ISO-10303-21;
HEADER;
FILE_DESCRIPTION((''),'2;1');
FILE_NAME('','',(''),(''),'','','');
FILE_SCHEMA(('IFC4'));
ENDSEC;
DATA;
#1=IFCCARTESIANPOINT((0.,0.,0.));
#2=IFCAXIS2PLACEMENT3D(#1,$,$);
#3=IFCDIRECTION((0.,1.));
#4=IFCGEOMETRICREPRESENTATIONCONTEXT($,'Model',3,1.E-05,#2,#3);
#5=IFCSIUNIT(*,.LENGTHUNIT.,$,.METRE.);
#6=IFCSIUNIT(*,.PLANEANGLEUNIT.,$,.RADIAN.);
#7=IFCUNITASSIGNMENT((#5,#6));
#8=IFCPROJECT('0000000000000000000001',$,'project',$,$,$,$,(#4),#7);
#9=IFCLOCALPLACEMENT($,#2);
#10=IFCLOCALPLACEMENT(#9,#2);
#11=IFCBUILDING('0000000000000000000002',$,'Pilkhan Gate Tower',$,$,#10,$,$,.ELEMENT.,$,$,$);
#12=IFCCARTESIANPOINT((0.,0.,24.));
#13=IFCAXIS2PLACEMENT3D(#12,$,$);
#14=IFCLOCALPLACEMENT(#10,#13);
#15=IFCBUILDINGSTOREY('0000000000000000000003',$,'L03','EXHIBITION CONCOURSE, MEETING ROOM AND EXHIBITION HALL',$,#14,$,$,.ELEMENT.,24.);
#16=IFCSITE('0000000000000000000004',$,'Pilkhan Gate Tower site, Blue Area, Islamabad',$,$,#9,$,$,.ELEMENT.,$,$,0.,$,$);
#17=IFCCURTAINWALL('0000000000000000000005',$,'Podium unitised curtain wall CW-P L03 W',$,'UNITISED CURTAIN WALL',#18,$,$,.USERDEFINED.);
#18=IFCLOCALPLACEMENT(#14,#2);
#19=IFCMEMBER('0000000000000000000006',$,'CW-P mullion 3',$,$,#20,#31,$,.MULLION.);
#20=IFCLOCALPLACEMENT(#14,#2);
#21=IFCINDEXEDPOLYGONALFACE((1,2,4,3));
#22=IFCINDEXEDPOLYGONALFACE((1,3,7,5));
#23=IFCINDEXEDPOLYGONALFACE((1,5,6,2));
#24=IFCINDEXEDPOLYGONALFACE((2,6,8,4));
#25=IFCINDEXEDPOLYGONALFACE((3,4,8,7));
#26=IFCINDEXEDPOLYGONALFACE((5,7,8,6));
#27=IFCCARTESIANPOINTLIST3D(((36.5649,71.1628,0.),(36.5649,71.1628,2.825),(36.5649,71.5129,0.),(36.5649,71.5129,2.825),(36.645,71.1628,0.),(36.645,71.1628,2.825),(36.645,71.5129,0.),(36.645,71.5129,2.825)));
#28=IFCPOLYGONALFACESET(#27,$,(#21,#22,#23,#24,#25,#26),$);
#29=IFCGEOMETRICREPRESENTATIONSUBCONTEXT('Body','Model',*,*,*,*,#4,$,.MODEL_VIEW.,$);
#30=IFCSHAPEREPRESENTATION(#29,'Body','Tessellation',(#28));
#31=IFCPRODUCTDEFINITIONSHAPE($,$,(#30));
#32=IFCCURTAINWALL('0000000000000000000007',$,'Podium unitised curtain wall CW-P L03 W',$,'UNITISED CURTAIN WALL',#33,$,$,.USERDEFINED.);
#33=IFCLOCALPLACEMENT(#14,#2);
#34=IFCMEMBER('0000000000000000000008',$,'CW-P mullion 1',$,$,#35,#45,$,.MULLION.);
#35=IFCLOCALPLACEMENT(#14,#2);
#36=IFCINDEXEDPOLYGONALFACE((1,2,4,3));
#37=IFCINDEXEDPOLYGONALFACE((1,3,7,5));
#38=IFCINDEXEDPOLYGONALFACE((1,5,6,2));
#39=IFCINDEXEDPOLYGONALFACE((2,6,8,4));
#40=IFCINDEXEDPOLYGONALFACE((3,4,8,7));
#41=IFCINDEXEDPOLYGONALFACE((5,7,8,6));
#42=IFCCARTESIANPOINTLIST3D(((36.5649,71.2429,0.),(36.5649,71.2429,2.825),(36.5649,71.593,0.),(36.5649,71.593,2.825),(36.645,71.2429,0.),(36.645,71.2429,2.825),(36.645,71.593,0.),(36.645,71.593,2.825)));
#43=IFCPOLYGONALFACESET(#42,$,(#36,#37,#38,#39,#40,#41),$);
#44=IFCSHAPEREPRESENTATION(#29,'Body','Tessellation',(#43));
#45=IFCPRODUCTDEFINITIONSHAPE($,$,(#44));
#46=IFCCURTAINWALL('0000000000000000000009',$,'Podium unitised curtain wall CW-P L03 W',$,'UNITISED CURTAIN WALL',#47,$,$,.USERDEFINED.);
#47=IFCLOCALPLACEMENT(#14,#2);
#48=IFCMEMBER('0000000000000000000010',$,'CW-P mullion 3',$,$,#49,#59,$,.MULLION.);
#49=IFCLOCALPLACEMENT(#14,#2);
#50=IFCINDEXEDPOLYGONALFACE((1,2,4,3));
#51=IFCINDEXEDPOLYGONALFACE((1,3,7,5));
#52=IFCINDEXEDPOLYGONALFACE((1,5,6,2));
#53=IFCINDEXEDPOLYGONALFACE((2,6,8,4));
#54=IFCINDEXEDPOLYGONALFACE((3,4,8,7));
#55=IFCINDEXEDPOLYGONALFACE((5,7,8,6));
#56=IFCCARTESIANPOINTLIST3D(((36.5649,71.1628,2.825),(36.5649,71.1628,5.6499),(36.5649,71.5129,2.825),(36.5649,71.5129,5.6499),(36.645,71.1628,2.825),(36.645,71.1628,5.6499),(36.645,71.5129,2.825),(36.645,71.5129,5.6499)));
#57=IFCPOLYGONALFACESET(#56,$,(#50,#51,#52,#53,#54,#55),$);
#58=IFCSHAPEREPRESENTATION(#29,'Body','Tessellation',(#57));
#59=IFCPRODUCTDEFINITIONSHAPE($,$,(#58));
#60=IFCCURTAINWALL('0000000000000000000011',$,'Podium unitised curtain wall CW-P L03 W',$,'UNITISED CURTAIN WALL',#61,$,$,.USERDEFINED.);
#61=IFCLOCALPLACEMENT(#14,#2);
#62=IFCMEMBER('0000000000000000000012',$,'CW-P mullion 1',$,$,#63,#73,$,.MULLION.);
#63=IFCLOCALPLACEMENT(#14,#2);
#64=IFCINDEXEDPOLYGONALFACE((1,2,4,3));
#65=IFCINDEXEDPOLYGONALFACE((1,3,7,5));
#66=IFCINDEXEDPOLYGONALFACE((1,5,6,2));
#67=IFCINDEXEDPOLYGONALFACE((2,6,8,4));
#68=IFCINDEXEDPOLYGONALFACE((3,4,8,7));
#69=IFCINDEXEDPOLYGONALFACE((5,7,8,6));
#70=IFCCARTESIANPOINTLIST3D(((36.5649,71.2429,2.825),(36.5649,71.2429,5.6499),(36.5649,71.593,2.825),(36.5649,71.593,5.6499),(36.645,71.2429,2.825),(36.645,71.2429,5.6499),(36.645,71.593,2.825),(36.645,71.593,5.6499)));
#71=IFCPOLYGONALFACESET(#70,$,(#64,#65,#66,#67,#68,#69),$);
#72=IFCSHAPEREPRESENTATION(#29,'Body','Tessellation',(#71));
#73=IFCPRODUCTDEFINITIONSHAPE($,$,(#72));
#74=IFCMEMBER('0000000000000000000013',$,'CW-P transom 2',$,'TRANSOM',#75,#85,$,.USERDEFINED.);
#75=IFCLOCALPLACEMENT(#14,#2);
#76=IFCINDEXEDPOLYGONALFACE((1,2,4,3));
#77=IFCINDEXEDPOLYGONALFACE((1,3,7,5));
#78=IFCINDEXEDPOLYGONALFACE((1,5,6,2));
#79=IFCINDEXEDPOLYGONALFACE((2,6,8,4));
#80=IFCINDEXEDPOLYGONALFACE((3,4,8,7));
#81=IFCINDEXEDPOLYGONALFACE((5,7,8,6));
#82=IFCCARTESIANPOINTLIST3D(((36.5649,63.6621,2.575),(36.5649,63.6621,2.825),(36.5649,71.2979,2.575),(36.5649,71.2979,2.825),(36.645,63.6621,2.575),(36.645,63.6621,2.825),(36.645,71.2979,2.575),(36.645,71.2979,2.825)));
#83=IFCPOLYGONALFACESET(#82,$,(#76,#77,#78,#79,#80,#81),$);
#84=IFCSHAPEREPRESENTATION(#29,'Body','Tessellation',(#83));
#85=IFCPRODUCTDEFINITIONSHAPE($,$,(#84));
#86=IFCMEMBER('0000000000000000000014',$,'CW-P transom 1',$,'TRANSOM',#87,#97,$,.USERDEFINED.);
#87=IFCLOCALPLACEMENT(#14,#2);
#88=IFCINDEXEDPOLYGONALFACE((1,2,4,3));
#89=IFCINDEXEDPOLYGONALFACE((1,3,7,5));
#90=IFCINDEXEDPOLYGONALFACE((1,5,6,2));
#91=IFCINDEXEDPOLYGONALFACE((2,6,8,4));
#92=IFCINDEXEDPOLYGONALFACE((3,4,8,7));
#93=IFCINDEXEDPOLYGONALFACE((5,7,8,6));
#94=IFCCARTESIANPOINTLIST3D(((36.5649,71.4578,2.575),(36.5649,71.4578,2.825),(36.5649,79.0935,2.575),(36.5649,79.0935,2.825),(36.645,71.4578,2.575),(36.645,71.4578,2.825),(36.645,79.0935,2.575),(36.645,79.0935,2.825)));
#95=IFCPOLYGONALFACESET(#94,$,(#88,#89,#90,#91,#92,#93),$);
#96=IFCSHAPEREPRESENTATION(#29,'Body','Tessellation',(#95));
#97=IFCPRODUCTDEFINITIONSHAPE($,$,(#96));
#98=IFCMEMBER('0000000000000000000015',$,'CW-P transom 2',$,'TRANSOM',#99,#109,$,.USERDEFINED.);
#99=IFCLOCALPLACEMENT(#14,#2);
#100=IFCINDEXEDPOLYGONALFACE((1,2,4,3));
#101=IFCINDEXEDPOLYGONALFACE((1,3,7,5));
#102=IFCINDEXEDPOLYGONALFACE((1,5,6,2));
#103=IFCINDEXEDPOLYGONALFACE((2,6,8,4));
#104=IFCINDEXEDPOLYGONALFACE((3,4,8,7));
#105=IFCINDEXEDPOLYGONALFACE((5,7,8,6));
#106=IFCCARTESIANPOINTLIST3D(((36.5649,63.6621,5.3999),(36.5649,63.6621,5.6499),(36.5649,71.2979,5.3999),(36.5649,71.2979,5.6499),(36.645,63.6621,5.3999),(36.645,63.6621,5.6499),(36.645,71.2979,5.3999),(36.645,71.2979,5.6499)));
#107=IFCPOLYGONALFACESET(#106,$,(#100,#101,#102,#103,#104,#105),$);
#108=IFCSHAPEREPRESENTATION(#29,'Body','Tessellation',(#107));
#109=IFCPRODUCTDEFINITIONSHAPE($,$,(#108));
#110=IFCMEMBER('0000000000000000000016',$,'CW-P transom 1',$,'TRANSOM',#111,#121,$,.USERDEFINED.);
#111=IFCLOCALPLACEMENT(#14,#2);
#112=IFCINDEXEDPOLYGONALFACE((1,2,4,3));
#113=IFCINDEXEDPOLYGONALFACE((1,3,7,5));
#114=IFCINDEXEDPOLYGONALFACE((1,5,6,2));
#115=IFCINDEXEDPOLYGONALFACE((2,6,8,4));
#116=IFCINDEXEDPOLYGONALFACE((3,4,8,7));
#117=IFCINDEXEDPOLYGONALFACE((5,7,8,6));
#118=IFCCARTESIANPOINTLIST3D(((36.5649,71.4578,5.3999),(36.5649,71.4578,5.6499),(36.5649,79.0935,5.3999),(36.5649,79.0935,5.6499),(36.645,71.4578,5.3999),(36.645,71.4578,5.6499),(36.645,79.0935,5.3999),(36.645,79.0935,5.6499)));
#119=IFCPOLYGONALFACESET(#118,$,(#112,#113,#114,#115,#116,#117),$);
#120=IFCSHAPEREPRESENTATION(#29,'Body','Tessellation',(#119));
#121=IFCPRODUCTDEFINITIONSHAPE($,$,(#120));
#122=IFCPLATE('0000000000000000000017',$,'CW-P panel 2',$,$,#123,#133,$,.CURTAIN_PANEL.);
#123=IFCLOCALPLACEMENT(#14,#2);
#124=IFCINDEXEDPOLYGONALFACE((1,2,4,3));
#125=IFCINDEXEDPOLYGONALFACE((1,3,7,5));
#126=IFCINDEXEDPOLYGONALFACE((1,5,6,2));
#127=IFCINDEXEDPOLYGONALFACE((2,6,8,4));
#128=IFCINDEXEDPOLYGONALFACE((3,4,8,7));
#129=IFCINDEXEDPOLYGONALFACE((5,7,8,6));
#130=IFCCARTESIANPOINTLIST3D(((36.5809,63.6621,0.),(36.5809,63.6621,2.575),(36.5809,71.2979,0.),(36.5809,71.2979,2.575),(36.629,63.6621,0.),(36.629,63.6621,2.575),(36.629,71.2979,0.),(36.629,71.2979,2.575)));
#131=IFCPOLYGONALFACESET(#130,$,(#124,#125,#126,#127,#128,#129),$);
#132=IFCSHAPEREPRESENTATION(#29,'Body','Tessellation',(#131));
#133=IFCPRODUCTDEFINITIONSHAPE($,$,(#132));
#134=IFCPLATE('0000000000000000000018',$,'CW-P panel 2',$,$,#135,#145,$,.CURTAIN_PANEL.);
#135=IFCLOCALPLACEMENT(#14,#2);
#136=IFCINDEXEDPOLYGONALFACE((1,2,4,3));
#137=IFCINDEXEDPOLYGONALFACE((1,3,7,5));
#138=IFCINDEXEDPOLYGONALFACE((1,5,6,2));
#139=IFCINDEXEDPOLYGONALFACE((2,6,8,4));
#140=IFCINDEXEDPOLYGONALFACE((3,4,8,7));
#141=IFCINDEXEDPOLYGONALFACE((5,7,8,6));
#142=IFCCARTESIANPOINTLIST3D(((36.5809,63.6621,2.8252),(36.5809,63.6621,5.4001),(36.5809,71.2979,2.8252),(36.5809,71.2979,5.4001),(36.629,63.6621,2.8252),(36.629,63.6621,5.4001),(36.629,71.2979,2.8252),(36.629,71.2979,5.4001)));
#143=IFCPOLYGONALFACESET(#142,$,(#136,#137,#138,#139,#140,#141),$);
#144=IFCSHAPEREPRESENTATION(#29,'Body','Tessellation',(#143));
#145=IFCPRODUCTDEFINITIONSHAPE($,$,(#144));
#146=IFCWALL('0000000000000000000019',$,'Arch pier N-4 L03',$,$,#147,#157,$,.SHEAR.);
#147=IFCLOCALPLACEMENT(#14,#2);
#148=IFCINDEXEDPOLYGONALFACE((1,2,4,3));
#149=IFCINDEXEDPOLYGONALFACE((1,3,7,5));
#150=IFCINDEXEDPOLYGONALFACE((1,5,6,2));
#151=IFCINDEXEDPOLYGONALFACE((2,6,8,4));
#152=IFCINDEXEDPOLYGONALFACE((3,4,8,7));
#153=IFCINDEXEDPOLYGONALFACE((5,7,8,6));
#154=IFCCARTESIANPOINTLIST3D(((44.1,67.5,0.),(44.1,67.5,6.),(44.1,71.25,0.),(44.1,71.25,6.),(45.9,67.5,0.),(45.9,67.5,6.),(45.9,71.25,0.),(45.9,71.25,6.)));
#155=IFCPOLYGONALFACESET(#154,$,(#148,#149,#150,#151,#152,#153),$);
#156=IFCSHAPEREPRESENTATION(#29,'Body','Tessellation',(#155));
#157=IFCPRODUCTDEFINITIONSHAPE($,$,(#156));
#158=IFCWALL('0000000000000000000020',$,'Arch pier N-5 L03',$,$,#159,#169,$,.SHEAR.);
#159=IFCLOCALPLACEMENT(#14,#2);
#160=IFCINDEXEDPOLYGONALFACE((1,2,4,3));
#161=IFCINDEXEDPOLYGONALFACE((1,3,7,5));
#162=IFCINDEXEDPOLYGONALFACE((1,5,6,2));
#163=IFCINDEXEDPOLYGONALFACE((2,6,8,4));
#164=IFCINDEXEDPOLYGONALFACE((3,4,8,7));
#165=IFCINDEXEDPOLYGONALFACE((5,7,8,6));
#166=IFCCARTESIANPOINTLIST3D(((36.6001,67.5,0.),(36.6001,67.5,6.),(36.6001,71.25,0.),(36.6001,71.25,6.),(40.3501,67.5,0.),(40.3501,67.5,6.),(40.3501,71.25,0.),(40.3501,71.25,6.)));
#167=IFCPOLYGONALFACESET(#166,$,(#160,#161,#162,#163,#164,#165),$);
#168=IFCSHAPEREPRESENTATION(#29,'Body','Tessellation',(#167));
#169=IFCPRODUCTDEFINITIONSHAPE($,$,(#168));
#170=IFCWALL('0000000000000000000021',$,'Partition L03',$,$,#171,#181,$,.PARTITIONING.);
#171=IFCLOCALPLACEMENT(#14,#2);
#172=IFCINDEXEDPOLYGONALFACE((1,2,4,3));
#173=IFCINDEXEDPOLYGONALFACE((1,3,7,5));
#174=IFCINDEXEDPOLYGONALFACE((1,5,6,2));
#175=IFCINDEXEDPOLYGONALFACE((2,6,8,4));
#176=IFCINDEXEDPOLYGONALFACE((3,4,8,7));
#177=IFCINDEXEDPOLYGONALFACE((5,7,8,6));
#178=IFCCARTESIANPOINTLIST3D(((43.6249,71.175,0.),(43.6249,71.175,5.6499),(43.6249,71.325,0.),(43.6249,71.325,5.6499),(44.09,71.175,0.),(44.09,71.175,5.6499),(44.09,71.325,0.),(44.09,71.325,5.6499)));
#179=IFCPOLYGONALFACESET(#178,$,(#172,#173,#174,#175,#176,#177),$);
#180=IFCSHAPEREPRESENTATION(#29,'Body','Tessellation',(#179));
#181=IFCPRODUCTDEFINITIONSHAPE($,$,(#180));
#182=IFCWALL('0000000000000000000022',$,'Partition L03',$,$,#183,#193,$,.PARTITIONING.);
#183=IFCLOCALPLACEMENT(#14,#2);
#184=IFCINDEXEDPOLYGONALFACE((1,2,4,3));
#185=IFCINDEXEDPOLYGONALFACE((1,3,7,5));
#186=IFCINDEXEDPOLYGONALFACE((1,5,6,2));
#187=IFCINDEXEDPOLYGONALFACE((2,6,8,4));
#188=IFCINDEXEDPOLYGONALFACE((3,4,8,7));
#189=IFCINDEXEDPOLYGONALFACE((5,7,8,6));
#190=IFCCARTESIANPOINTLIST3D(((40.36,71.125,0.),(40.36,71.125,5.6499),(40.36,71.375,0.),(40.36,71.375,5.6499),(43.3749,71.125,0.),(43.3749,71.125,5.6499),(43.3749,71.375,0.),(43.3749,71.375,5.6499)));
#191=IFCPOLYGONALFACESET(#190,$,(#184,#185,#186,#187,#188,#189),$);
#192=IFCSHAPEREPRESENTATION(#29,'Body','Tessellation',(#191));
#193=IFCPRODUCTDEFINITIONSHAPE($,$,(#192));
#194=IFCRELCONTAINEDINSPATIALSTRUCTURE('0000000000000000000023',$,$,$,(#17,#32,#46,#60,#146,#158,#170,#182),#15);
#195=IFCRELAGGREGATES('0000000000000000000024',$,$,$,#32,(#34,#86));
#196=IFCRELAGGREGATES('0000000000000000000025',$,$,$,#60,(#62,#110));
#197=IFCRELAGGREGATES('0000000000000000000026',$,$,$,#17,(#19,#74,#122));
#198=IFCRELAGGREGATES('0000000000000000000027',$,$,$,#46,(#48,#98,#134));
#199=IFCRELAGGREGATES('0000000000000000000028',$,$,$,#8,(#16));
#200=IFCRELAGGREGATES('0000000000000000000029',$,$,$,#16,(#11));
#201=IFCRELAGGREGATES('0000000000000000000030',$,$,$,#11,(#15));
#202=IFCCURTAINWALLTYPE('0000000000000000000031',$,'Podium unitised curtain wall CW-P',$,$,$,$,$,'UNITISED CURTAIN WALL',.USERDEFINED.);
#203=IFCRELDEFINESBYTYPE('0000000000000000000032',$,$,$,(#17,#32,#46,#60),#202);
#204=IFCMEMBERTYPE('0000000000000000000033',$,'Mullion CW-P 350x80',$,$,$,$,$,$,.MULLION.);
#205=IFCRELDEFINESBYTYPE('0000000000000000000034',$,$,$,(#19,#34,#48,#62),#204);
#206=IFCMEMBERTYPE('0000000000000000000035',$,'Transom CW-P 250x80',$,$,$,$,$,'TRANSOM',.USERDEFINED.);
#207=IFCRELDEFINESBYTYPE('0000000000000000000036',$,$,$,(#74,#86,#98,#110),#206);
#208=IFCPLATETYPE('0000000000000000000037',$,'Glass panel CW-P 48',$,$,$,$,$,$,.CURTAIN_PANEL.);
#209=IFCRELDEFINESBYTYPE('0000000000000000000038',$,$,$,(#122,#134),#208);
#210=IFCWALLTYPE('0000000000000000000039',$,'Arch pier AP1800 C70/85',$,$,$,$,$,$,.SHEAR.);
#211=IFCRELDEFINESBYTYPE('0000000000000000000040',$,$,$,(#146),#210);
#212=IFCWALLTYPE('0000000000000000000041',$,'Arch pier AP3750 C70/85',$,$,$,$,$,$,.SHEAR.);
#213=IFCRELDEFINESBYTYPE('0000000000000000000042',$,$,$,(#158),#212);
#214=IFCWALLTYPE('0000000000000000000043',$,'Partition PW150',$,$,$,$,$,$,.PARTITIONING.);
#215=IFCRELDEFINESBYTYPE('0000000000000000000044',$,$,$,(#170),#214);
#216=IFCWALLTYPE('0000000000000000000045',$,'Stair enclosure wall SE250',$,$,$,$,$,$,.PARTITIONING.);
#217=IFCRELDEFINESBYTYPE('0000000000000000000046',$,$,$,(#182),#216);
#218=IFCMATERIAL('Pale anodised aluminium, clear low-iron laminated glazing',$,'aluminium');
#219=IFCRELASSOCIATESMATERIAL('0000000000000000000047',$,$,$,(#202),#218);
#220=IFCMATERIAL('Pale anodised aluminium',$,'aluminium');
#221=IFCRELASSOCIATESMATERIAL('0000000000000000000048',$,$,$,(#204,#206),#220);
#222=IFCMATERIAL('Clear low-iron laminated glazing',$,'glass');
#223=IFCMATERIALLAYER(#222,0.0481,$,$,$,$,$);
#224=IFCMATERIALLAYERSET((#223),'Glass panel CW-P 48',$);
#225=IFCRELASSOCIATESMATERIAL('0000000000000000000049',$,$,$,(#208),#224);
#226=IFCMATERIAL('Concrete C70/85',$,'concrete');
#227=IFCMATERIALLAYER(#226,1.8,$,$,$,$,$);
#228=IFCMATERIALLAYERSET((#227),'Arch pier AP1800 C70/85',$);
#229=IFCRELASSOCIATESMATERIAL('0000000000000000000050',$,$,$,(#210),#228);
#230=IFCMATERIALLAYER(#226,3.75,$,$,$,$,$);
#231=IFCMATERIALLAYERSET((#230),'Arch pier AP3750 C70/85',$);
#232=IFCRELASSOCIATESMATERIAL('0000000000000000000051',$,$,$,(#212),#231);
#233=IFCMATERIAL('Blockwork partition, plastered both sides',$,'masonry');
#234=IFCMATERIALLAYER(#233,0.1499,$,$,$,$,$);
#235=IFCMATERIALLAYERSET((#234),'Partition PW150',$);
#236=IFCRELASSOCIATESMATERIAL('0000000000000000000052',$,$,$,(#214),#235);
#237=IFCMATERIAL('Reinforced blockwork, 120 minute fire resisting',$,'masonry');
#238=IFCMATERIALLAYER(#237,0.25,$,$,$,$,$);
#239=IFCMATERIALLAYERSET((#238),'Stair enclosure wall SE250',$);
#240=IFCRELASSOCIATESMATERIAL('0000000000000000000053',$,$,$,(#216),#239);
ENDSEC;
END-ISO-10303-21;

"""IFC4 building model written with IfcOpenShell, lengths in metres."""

from ifc_helpers import new_model, si_unit, direction, frame, frame_2d, origin, origin_2d, place, context, subcontext, project, spatial, rectangle, extrude, material, layer, layer_set, material_profile, profile_set, type_object, element, aggregate, save


model = new_model("IFC4")

# Units and contexts
model_context = context("Model", 3, precision=1e-05, world=origin(), true_north=direction((0.0, 1.0)))
body_context = subcontext(model_context, "Body", "Model", "MODEL_VIEW")
ifc_project = project(units=[si_unit("LENGTHUNIT", "METRE"), si_unit("PLANEANGLEUNIT", "RADIAN")], contexts=[model_context])

# Site, building, storey
site_placement = place(None, origin())
site = spatial("IfcSite", under=ifc_project, at=site_placement, Name="Pilkhan Gate Tower site, Blue Area, Islamabad", CompositionType="ELEMENT", RefElevation=0.0)
building_placement = place(site_placement, origin())
building = spatial("IfcBuilding", under=site, at=building_placement, Name="Pilkhan Gate Tower", CompositionType="ELEMENT")
storey_placement = place(building_placement, frame((0.0, 0.0, 24.0)))
storey = spatial("IfcBuildingStorey", under=building, at=storey_placement, Name="L03", Description="EXHIBITION CONCOURSE, MEETING ROOM AND EXHIBITION HALL", CompositionType="ELEMENT", Elevation=24.0)

# Curtain walls, members
ifc_material_1 = material(Name="Pale anodised aluminium, clear low-iron laminated glazing", Category="aluminium")
curtain_wall_type = type_object("IfcCurtainWallType", Name="Podium unitised curtain wall CW-P", ElementType="UNITISED CURTAIN WALL", PredefinedType="USERDEFINED", material=ifc_material_1)
curtain_wall_1_placement = place(storey_placement, origin())
curtain_wall_1 = element("IfcCurtainWall", 1, at=curtain_wall_1_placement, inside=storey, type_object=curtain_wall_type, Name="Podium unitised curtain wall CW-P L03 W", ObjectType="UNITISED CURTAIN WALL", PredefinedType="USERDEFINED")
ifc_material_2 = material(Name="Pale anodised aluminium", Category="aluminium")
ifc_material_profile_1 = material_profile(ifc_material_2, rectangle(XDim=0.0801, YDim=0.3501, at=origin_2d()), Name="Mullion 350x80")
ifc_profile_set_1 = profile_set([ifc_material_profile_1], Name="Pale anodised aluminium")
member_type_1 = type_object("IfcMemberType", Name="Mullion CW-P 350x80", PredefinedType="MULLION", material=ifc_profile_set_1)
member_1_placement = place(storey_placement, frame((36.605, 71.3379, 0.0), z_axis=(0.0, 0.0, 1.0), x_axis=(-1.0, 0.0, 0.0)))
member_1 = element("IfcMember", 2, at=member_1_placement, type_object=member_type_1, Name="CW-P mullion 3", PredefinedType="MULLION", context=body_context, shape_type="SweptSolid", body=[
    extrude(rectangle(XDim=0.0801, YDim=0.3501, at=origin_2d()), origin(), (0.0, 0.0, 1.0), 2.825),
])
curtain_wall_2_placement = place(storey_placement, origin())
curtain_wall_2 = element("IfcCurtainWall", 3, at=curtain_wall_2_placement, inside=storey, type_object=curtain_wall_type, Name="Podium unitised curtain wall CW-P L03 W", ObjectType="UNITISED CURTAIN WALL", PredefinedType="USERDEFINED")
member_2_placement = place(storey_placement, frame((36.605, 71.418, 0.0), z_axis=(0.0, 0.0, 1.0), x_axis=(-1.0, 0.0, 0.0)))
member_2 = element("IfcMember", 4, at=member_2_placement, type_object=member_type_1, Name="CW-P mullion 1", PredefinedType="MULLION", context=body_context, shape_type="SweptSolid", body=[
    extrude(rectangle(XDim=0.0801, YDim=0.3501, at=origin_2d()), origin(), (0.0, 0.0, 1.0), 2.825),
])
curtain_wall_3_placement = place(storey_placement, origin())
curtain_wall_3 = element("IfcCurtainWall", 5, at=curtain_wall_3_placement, inside=storey, type_object=curtain_wall_type, Name="Podium unitised curtain wall CW-P L03 W", ObjectType="UNITISED CURTAIN WALL", PredefinedType="USERDEFINED")
member_3_placement = place(storey_placement, frame((36.605, 71.3379, 2.825), z_axis=(0.0, 0.0, 1.0), x_axis=(-1.0, 0.0, 0.0)))
member_3 = element("IfcMember", 6, at=member_3_placement, type_object=member_type_1, Name="CW-P mullion 3", PredefinedType="MULLION", context=body_context, shape_type="SweptSolid", body=[
    extrude(rectangle(XDim=0.0801, YDim=0.3501, at=origin_2d()), origin(), (0.0, 0.0, 1.0), 2.825),
])
curtain_wall_4_placement = place(storey_placement, origin())
curtain_wall_4 = element("IfcCurtainWall", 7, at=curtain_wall_4_placement, inside=storey, type_object=curtain_wall_type, Name="Podium unitised curtain wall CW-P L03 W", ObjectType="UNITISED CURTAIN WALL", PredefinedType="USERDEFINED")
member_4_placement = place(storey_placement, frame((36.605, 71.418, 2.825), z_axis=(0.0, 0.0, 1.0), x_axis=(-1.0, 0.0, 0.0)))
member_4 = element("IfcMember", 8, at=member_4_placement, type_object=member_type_1, Name="CW-P mullion 1", PredefinedType="MULLION", context=body_context, shape_type="SweptSolid", body=[
    extrude(rectangle(XDim=0.0801, YDim=0.3501, at=origin_2d()), origin(), (0.0, 0.0, 1.0), 2.825),
])

# Members
ifc_material_profile_2 = material_profile(ifc_material_2, rectangle(XDim=0.0801, YDim=0.25, at=origin_2d()), Name="Transom 250x80")
ifc_profile_set_2 = profile_set([ifc_material_profile_2], Name="Pale anodised aluminium")
member_type_2 = type_object("IfcMemberType", Name="Transom CW-P 250x80", ElementType="TRANSOM", PredefinedType="USERDEFINED", material=ifc_profile_set_2)
member_5_placement = place(storey_placement, frame((36.605, 63.6621, 2.7), z_axis=(0.0, 1.0, 0.0), x_axis=(-1.0, 0.0, 0.0)))
member_5 = element("IfcMember", 9, at=member_5_placement, type_object=member_type_2, Name="CW-P transom 2", ObjectType="TRANSOM", PredefinedType="USERDEFINED", context=body_context, shape_type="SweptSolid", body=[
    extrude(rectangle(XDim=0.0801, YDim=0.25, at=origin_2d()), origin(), (0.0, 0.0, 1.0), 7.6357),
])
member_6_placement = place(storey_placement, frame((36.605, 71.4578, 2.7), z_axis=(0.0, 1.0, 0.0), x_axis=(-1.0, 0.0, 0.0)))
member_6 = element("IfcMember", 10, at=member_6_placement, type_object=member_type_2, Name="CW-P transom 1", ObjectType="TRANSOM", PredefinedType="USERDEFINED", context=body_context, shape_type="SweptSolid", body=[
    extrude(rectangle(XDim=0.0801, YDim=0.25, at=origin_2d()), origin(), (0.0, 0.0, 1.0), 7.6357),
])
aggregate(curtain_wall_2, [member_2, member_6])
member_7_placement = place(storey_placement, frame((36.605, 63.6621, 5.5249), z_axis=(0.0, 1.0, 0.0), x_axis=(-1.0, 0.0, 0.0)))
member_7 = element("IfcMember", 11, at=member_7_placement, type_object=member_type_2, Name="CW-P transom 2", ObjectType="TRANSOM", PredefinedType="USERDEFINED", context=body_context, shape_type="SweptSolid", body=[
    extrude(rectangle(XDim=0.0801, YDim=0.25, at=origin_2d()), origin(), (0.0, 0.0, 1.0), 7.6357),
])
member_8_placement = place(storey_placement, frame((36.605, 71.4578, 5.5249), z_axis=(0.0, 1.0, 0.0), x_axis=(-1.0, 0.0, 0.0)))
member_8 = element("IfcMember", 12, at=member_8_placement, type_object=member_type_2, Name="CW-P transom 1", ObjectType="TRANSOM", PredefinedType="USERDEFINED", context=body_context, shape_type="SweptSolid", body=[
    extrude(rectangle(XDim=0.0801, YDim=0.25, at=origin_2d()), origin(), (0.0, 0.0, 1.0), 7.6357),
])
aggregate(curtain_wall_4, [member_4, member_8])

# Plates
ifc_material_3 = material(Name="Clear low-iron laminated glazing", Category="glass")
ifc_layer_1 = layer(ifc_material_3, 0.0481)
ifc_layer_set_1 = layer_set([ifc_layer_1], Name="Glass panel CW-P 48")
plate_type = type_object("IfcPlateType", Name="Glass panel CW-P 48", PredefinedType="CURTAIN_PANEL", material=ifc_layer_set_1)
plate_1_placement = place(storey_placement, frame((36.605, 67.48, 0.0), z_axis=(0.0, 0.0, 1.0), x_axis=(0.0, 1.0, 0.0)))
plate_1 = element("IfcPlate", 13, at=plate_1_placement, type_object=plate_type, Name="CW-P panel 2", PredefinedType="CURTAIN_PANEL", context=body_context, shape_type="SweptSolid", body=[
    extrude(rectangle(XDim=7.6357, YDim=0.0481, at=origin_2d()), origin(), (0.0, 0.0, 1.0), 2.575),
])
aggregate(curtain_wall_1, [member_1, member_5, plate_1])
plate_2_placement = place(storey_placement, frame((36.605, 67.48, 2.8252), z_axis=(0.0, 0.0, 1.0), x_axis=(0.0, 1.0, 0.0)))
plate_2 = element("IfcPlate", 14, at=plate_2_placement, type_object=plate_type, Name="CW-P panel 2", PredefinedType="CURTAIN_PANEL", context=body_context, shape_type="SweptSolid", body=[
    extrude(rectangle(XDim=7.6357, YDim=0.0481, at=origin_2d()), origin(), (0.0, 0.0, 1.0), 2.575),
])
aggregate(curtain_wall_3, [member_3, member_7, plate_2])

# Walls
ifc_material_4 = material(Name="Concrete C70/85", Category="concrete")
ifc_layer_2 = layer(ifc_material_4, 1.8)
ifc_layer_set_2 = layer_set([ifc_layer_2], Name="Arch pier AP1800 C70/85")
wall_type_1 = type_object("IfcWallType", Name="Arch pier AP1800 C70/85", PredefinedType="SHEAR", material=ifc_layer_set_2)
wall_1_placement = place(storey_placement, frame((45.0, 67.5, 0.0), z_axis=(0.0, 0.0, 1.0), x_axis=(0.0, 1.0, 0.0)))
element("IfcWall", 15, at=wall_1_placement, inside=storey, type_object=wall_type_1, Name="Arch pier N-4 L03", PredefinedType="SHEAR", context=body_context, shape_type="SweptSolid", body=[
    extrude(rectangle(XDim=3.75, YDim=1.8, at=frame_2d((1.875, 0.0))), origin(), (0.0, 0.0, 1.0), 6.0),
])
ifc_layer_3 = layer(ifc_material_4, 3.75)
ifc_layer_set_3 = layer_set([ifc_layer_3], Name="Arch pier AP3750 C70/85")
wall_type_2 = type_object("IfcWallType", Name="Arch pier AP3750 C70/85", PredefinedType="SHEAR", material=ifc_layer_set_3)
wall_2_placement = place(storey_placement, frame((38.4751, 67.5, 0.0), z_axis=(0.0, 0.0, 1.0), x_axis=(0.0, 1.0, 0.0)))
element("IfcWall", 16, at=wall_2_placement, inside=storey, type_object=wall_type_2, Name="Arch pier N-5 L03", PredefinedType="SHEAR", context=body_context, shape_type="SweptSolid", body=[
    extrude(rectangle(XDim=3.75, YDim=3.75, at=frame_2d((1.875, 0.0))), origin(), (0.0, 0.0, 1.0), 6.0),
])

# Shared definitions
ifc_material_5 = material(Name="Blockwork partition, plastered both sides", Category="masonry")
ifc_layer_4 = layer(ifc_material_5, 0.1499)
ifc_layer_set_4 = layer_set([ifc_layer_4], Name="Partition PW150")
wall_type_3 = type_object("IfcWallType", Name="Partition PW150", PredefinedType="PARTITIONING", material=ifc_layer_set_4)

# Walls
wall_3_placement = place(storey_placement, frame((43.625, 71.25, 0.0), z_axis=(0.0, 0.0, 1.0), x_axis=(1.0, 0.0, 0.0)))
element("IfcWall", 17, at=wall_3_placement, inside=storey, type_object=wall_type_3, Name="Partition L03", PredefinedType="PARTITIONING", context=body_context, shape_type="SweptSolid", body=[
    extrude(rectangle(XDim=0.4651, YDim=0.1499, at=frame_2d((0.2324, 0.0))), origin(), (0.0, 0.0, 1.0), 5.6499),
])
ifc_material_6 = material(Name="Reinforced blockwork, 120 minute fire resisting", Category="masonry")
ifc_layer_5 = layer(ifc_material_6, 0.25)
ifc_layer_set_5 = layer_set([ifc_layer_5], Name="Stair enclosure wall SE250")
wall_type_4 = type_object("IfcWallType", Name="Stair enclosure wall SE250", PredefinedType="PARTITIONING", material=ifc_layer_set_5)
wall_4_placement = place(storey_placement, frame((40.3601, 71.25, 0.0), z_axis=(0.0, 0.0, 1.0), x_axis=(1.0, 0.0, 0.0)))
element("IfcWall", 18, at=wall_4_placement, inside=storey, type_object=wall_type_4, Name="Partition L03", PredefinedType="PARTITIONING", context=body_context, shape_type="SweptSolid", body=[
    extrude(rectangle(XDim=3.0149, YDim=0.25, at=frame_2d((1.5073, 0.0))), origin(), (0.0, 0.0, 1.0), 5.6499),
])

save(model, "model.ifc")
